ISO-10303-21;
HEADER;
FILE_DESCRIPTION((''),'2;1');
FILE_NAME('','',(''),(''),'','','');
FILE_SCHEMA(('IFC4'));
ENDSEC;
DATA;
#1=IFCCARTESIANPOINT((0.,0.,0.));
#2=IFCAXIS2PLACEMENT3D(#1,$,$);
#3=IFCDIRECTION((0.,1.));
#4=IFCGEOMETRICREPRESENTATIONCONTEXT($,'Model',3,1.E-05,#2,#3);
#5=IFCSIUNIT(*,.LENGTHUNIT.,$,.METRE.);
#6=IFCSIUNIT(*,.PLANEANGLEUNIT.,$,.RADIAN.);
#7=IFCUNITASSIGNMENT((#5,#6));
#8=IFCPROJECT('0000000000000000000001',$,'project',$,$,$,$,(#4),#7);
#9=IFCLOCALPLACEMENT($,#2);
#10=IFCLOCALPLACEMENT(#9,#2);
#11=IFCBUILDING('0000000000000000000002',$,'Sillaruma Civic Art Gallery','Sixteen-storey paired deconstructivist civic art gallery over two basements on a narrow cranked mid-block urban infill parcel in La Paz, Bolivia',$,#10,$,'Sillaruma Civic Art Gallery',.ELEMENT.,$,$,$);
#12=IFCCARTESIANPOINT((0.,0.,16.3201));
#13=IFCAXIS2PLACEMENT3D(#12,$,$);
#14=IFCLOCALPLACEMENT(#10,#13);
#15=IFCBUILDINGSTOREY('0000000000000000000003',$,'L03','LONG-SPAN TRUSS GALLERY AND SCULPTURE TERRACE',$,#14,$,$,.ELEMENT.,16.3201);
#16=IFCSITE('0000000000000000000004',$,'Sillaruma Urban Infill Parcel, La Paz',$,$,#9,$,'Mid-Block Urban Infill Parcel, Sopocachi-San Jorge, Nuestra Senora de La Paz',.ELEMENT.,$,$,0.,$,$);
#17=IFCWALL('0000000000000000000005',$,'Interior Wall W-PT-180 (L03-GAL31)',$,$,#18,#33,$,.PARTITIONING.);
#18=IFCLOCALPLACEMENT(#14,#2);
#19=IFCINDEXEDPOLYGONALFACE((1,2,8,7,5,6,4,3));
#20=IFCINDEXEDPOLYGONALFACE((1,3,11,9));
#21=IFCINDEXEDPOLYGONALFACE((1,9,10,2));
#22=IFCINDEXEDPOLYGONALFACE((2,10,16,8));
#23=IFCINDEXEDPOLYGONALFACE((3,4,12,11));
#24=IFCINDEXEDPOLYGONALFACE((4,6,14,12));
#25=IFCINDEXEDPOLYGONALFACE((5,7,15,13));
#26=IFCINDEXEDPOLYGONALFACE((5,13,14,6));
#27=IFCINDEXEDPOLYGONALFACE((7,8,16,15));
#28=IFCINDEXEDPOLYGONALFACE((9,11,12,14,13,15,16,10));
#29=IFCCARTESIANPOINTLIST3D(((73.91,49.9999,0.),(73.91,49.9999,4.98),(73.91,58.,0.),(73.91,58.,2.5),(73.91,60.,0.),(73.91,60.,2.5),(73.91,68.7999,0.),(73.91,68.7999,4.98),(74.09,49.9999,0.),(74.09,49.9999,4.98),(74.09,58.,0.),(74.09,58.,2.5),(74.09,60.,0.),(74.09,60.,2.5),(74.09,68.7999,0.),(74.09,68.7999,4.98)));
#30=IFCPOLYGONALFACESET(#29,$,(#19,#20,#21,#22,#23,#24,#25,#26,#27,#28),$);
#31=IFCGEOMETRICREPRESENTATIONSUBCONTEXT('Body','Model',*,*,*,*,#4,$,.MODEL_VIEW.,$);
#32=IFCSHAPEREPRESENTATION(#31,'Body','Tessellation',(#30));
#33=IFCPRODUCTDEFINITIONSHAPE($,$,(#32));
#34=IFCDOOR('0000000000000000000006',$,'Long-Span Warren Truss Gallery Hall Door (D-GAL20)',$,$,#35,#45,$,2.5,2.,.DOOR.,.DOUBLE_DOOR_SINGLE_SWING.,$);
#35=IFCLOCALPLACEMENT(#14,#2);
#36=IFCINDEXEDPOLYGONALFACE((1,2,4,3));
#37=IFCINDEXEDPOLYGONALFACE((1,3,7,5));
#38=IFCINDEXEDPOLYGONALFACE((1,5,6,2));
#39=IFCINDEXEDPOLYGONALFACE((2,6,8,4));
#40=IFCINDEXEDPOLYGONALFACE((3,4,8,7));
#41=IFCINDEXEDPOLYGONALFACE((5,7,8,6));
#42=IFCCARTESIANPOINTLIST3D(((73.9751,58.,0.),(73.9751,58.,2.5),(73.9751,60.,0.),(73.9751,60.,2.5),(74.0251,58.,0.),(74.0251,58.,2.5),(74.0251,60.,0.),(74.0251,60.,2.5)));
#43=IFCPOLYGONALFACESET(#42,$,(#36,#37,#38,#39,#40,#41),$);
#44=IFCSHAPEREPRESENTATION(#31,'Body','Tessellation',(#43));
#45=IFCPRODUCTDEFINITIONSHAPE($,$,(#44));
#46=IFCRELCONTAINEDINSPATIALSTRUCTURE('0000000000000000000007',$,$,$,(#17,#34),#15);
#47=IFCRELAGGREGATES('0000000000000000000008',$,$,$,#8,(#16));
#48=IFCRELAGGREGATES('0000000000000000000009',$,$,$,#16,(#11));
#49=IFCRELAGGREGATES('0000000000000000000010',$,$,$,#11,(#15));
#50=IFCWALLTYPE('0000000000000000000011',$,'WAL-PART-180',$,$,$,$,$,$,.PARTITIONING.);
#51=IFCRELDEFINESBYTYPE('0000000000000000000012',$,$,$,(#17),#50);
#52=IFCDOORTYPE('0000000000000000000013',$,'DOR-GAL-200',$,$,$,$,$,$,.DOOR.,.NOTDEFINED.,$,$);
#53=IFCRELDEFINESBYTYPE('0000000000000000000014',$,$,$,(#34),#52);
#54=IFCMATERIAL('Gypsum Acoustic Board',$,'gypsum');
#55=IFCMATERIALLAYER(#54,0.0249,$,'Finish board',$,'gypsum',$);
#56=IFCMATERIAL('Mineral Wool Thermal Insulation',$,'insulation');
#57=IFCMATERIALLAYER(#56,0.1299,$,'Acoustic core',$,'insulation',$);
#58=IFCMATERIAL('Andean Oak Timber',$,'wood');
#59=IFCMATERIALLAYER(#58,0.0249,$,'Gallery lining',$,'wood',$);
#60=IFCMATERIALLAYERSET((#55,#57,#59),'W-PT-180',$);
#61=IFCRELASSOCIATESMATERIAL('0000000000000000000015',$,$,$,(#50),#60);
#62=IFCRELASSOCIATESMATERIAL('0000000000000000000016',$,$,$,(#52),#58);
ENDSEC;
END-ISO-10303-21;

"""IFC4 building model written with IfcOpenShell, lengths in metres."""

from ifc_helpers import new_model, si_unit, direction, frame, frame_2d, origin, place, context, subcontext, project, spatial, rectangle, extrude, material, layer, layer_set, type_object, element, fill, save


model = new_model("IFC4")

# Units and contexts
model_context = context("Model", 3, precision=1e-05, world=origin(), true_north=direction((0.0, 1.0)))
body_context = subcontext(model_context, "Body", "Model", "MODEL_VIEW")
ifc_project = project(units=[si_unit("LENGTHUNIT", "METRE"), si_unit("PLANEANGLEUNIT", "RADIAN")], contexts=[model_context])

# Site, building, storey
site_placement = place(None, origin())
site = spatial("IfcSite", under=ifc_project, at=site_placement, Name="Sillaruma Urban Infill Parcel, La Paz", LongName="Mid-Block Urban Infill Parcel, Sopocachi-San Jorge, Nuestra Senora de La Paz", CompositionType="ELEMENT", RefElevation=0.0)
building_placement = place(site_placement, origin())
building = spatial("IfcBuilding", under=site, at=building_placement, Name="Sillaruma Civic Art Gallery", Description="Sixteen-storey paired deconstructivist civic art gallery over two basements on a narrow cranked mid-block urban infill parcel in La Paz, Bolivia", LongName="Sillaruma Civic Art Gallery", CompositionType="ELEMENT")
storey_placement = place(building_placement, frame((0.0, 0.0, 16.3201)))
storey = spatial("IfcBuildingStorey", under=building, at=storey_placement, Name="L03", Description="LONG-SPAN TRUSS GALLERY AND SCULPTURE TERRACE", CompositionType="ELEMENT", Elevation=16.3201)

# Shared definitions
ifc_material_1 = material(Name="Gypsum Acoustic Board", Category="gypsum")
ifc_material_2 = material(Name="Mineral Wool Thermal Insulation", Category="insulation")
ifc_material_3 = material(Name="Andean Oak Timber", Category="wood")

# Wall, opening, door
ifc_layer_1 = layer(ifc_material_1, 0.0249, Name="Finish board", Category="gypsum")
ifc_layer_2 = layer(ifc_material_2, 0.1299, Name="Acoustic core", Category="insulation")
ifc_layer_3 = layer(ifc_material_3, 0.0249, Name="Gallery lining", Category="wood")
ifc_layer_set_1 = layer_set([ifc_layer_1, ifc_layer_2, ifc_layer_3], Name="W-PT-180")
wall_type_1 = type_object("IfcWallType", Name="WAL-PART-180", PredefinedType="PARTITIONING", material=ifc_layer_set_1)
wall_1_placement = place(storey_placement, frame((74.0, 50.0, 0.0), z_axis=(0.0, 0.0, 1.0), x_axis=(0.0, 1.0, 0.0)))
wall_1 = element("IfcWall", 1, at=wall_1_placement, inside=storey, type_object=wall_type_1, Name="Interior Wall W-PT-180 (L03-GAL31)", PredefinedType="PARTITIONING", context=body_context, shape_type="SweptSolid", body=[
    extrude(rectangle(XDim=18.8, YDim=0.1799, at=frame_2d((9.3999, 0.0))), origin(), (0.0, 0.0, 1.0), 4.98),
])
opening_1_placement = place(wall_1_placement, frame((8.0, 0.0, 0.0)))
opening_1 = element("IfcOpeningElement", 2, at=opening_1_placement, cuts=wall_1, PredefinedType="OPENING", context=body_context, shape_type="SweptSolid", body=[
    extrude(rectangle(XDim=2.0, YDim=2.5, at=frame_2d((1.0, 1.25))), frame((0.0, 0.0999, 0.0), z_axis=(0.0, -1.0, 0.0), x_axis=(1.0, 0.0, 0.0)), (0.0, 0.0, 1.0), 0.2),
])
door_type_1 = type_object("IfcDoorType", Name="DOR-GAL-200", OperationType="NOTDEFINED", PredefinedType="DOOR", material=ifc_material_3)
door_1_placement = place(opening_1_placement, origin())
door_1 = element("IfcDoor", 3, at=door_1_placement, inside=storey, type_object=door_type_1, Name="Long-Span Warren Truss Gallery Hall Door (D-GAL20)", OperationType="DOUBLE_DOOR_SINGLE_SWING", OverallHeight=2.5, OverallWidth=2.0, PredefinedType="DOOR", context=body_context, shape_type="SweptSolid", body=[
    extrude(rectangle(XDim=2.0, YDim=2.5, at=frame_2d((1.0, 1.25))), frame((0.0, 0.0249, 0.0), z_axis=(0.0, -1.0, 0.0), x_axis=(1.0, 0.0, 0.0)), (0.0, 0.0, 1.0), 0.05),
])
fill(opening_1, door_1)

save(model, "model.ifc")
